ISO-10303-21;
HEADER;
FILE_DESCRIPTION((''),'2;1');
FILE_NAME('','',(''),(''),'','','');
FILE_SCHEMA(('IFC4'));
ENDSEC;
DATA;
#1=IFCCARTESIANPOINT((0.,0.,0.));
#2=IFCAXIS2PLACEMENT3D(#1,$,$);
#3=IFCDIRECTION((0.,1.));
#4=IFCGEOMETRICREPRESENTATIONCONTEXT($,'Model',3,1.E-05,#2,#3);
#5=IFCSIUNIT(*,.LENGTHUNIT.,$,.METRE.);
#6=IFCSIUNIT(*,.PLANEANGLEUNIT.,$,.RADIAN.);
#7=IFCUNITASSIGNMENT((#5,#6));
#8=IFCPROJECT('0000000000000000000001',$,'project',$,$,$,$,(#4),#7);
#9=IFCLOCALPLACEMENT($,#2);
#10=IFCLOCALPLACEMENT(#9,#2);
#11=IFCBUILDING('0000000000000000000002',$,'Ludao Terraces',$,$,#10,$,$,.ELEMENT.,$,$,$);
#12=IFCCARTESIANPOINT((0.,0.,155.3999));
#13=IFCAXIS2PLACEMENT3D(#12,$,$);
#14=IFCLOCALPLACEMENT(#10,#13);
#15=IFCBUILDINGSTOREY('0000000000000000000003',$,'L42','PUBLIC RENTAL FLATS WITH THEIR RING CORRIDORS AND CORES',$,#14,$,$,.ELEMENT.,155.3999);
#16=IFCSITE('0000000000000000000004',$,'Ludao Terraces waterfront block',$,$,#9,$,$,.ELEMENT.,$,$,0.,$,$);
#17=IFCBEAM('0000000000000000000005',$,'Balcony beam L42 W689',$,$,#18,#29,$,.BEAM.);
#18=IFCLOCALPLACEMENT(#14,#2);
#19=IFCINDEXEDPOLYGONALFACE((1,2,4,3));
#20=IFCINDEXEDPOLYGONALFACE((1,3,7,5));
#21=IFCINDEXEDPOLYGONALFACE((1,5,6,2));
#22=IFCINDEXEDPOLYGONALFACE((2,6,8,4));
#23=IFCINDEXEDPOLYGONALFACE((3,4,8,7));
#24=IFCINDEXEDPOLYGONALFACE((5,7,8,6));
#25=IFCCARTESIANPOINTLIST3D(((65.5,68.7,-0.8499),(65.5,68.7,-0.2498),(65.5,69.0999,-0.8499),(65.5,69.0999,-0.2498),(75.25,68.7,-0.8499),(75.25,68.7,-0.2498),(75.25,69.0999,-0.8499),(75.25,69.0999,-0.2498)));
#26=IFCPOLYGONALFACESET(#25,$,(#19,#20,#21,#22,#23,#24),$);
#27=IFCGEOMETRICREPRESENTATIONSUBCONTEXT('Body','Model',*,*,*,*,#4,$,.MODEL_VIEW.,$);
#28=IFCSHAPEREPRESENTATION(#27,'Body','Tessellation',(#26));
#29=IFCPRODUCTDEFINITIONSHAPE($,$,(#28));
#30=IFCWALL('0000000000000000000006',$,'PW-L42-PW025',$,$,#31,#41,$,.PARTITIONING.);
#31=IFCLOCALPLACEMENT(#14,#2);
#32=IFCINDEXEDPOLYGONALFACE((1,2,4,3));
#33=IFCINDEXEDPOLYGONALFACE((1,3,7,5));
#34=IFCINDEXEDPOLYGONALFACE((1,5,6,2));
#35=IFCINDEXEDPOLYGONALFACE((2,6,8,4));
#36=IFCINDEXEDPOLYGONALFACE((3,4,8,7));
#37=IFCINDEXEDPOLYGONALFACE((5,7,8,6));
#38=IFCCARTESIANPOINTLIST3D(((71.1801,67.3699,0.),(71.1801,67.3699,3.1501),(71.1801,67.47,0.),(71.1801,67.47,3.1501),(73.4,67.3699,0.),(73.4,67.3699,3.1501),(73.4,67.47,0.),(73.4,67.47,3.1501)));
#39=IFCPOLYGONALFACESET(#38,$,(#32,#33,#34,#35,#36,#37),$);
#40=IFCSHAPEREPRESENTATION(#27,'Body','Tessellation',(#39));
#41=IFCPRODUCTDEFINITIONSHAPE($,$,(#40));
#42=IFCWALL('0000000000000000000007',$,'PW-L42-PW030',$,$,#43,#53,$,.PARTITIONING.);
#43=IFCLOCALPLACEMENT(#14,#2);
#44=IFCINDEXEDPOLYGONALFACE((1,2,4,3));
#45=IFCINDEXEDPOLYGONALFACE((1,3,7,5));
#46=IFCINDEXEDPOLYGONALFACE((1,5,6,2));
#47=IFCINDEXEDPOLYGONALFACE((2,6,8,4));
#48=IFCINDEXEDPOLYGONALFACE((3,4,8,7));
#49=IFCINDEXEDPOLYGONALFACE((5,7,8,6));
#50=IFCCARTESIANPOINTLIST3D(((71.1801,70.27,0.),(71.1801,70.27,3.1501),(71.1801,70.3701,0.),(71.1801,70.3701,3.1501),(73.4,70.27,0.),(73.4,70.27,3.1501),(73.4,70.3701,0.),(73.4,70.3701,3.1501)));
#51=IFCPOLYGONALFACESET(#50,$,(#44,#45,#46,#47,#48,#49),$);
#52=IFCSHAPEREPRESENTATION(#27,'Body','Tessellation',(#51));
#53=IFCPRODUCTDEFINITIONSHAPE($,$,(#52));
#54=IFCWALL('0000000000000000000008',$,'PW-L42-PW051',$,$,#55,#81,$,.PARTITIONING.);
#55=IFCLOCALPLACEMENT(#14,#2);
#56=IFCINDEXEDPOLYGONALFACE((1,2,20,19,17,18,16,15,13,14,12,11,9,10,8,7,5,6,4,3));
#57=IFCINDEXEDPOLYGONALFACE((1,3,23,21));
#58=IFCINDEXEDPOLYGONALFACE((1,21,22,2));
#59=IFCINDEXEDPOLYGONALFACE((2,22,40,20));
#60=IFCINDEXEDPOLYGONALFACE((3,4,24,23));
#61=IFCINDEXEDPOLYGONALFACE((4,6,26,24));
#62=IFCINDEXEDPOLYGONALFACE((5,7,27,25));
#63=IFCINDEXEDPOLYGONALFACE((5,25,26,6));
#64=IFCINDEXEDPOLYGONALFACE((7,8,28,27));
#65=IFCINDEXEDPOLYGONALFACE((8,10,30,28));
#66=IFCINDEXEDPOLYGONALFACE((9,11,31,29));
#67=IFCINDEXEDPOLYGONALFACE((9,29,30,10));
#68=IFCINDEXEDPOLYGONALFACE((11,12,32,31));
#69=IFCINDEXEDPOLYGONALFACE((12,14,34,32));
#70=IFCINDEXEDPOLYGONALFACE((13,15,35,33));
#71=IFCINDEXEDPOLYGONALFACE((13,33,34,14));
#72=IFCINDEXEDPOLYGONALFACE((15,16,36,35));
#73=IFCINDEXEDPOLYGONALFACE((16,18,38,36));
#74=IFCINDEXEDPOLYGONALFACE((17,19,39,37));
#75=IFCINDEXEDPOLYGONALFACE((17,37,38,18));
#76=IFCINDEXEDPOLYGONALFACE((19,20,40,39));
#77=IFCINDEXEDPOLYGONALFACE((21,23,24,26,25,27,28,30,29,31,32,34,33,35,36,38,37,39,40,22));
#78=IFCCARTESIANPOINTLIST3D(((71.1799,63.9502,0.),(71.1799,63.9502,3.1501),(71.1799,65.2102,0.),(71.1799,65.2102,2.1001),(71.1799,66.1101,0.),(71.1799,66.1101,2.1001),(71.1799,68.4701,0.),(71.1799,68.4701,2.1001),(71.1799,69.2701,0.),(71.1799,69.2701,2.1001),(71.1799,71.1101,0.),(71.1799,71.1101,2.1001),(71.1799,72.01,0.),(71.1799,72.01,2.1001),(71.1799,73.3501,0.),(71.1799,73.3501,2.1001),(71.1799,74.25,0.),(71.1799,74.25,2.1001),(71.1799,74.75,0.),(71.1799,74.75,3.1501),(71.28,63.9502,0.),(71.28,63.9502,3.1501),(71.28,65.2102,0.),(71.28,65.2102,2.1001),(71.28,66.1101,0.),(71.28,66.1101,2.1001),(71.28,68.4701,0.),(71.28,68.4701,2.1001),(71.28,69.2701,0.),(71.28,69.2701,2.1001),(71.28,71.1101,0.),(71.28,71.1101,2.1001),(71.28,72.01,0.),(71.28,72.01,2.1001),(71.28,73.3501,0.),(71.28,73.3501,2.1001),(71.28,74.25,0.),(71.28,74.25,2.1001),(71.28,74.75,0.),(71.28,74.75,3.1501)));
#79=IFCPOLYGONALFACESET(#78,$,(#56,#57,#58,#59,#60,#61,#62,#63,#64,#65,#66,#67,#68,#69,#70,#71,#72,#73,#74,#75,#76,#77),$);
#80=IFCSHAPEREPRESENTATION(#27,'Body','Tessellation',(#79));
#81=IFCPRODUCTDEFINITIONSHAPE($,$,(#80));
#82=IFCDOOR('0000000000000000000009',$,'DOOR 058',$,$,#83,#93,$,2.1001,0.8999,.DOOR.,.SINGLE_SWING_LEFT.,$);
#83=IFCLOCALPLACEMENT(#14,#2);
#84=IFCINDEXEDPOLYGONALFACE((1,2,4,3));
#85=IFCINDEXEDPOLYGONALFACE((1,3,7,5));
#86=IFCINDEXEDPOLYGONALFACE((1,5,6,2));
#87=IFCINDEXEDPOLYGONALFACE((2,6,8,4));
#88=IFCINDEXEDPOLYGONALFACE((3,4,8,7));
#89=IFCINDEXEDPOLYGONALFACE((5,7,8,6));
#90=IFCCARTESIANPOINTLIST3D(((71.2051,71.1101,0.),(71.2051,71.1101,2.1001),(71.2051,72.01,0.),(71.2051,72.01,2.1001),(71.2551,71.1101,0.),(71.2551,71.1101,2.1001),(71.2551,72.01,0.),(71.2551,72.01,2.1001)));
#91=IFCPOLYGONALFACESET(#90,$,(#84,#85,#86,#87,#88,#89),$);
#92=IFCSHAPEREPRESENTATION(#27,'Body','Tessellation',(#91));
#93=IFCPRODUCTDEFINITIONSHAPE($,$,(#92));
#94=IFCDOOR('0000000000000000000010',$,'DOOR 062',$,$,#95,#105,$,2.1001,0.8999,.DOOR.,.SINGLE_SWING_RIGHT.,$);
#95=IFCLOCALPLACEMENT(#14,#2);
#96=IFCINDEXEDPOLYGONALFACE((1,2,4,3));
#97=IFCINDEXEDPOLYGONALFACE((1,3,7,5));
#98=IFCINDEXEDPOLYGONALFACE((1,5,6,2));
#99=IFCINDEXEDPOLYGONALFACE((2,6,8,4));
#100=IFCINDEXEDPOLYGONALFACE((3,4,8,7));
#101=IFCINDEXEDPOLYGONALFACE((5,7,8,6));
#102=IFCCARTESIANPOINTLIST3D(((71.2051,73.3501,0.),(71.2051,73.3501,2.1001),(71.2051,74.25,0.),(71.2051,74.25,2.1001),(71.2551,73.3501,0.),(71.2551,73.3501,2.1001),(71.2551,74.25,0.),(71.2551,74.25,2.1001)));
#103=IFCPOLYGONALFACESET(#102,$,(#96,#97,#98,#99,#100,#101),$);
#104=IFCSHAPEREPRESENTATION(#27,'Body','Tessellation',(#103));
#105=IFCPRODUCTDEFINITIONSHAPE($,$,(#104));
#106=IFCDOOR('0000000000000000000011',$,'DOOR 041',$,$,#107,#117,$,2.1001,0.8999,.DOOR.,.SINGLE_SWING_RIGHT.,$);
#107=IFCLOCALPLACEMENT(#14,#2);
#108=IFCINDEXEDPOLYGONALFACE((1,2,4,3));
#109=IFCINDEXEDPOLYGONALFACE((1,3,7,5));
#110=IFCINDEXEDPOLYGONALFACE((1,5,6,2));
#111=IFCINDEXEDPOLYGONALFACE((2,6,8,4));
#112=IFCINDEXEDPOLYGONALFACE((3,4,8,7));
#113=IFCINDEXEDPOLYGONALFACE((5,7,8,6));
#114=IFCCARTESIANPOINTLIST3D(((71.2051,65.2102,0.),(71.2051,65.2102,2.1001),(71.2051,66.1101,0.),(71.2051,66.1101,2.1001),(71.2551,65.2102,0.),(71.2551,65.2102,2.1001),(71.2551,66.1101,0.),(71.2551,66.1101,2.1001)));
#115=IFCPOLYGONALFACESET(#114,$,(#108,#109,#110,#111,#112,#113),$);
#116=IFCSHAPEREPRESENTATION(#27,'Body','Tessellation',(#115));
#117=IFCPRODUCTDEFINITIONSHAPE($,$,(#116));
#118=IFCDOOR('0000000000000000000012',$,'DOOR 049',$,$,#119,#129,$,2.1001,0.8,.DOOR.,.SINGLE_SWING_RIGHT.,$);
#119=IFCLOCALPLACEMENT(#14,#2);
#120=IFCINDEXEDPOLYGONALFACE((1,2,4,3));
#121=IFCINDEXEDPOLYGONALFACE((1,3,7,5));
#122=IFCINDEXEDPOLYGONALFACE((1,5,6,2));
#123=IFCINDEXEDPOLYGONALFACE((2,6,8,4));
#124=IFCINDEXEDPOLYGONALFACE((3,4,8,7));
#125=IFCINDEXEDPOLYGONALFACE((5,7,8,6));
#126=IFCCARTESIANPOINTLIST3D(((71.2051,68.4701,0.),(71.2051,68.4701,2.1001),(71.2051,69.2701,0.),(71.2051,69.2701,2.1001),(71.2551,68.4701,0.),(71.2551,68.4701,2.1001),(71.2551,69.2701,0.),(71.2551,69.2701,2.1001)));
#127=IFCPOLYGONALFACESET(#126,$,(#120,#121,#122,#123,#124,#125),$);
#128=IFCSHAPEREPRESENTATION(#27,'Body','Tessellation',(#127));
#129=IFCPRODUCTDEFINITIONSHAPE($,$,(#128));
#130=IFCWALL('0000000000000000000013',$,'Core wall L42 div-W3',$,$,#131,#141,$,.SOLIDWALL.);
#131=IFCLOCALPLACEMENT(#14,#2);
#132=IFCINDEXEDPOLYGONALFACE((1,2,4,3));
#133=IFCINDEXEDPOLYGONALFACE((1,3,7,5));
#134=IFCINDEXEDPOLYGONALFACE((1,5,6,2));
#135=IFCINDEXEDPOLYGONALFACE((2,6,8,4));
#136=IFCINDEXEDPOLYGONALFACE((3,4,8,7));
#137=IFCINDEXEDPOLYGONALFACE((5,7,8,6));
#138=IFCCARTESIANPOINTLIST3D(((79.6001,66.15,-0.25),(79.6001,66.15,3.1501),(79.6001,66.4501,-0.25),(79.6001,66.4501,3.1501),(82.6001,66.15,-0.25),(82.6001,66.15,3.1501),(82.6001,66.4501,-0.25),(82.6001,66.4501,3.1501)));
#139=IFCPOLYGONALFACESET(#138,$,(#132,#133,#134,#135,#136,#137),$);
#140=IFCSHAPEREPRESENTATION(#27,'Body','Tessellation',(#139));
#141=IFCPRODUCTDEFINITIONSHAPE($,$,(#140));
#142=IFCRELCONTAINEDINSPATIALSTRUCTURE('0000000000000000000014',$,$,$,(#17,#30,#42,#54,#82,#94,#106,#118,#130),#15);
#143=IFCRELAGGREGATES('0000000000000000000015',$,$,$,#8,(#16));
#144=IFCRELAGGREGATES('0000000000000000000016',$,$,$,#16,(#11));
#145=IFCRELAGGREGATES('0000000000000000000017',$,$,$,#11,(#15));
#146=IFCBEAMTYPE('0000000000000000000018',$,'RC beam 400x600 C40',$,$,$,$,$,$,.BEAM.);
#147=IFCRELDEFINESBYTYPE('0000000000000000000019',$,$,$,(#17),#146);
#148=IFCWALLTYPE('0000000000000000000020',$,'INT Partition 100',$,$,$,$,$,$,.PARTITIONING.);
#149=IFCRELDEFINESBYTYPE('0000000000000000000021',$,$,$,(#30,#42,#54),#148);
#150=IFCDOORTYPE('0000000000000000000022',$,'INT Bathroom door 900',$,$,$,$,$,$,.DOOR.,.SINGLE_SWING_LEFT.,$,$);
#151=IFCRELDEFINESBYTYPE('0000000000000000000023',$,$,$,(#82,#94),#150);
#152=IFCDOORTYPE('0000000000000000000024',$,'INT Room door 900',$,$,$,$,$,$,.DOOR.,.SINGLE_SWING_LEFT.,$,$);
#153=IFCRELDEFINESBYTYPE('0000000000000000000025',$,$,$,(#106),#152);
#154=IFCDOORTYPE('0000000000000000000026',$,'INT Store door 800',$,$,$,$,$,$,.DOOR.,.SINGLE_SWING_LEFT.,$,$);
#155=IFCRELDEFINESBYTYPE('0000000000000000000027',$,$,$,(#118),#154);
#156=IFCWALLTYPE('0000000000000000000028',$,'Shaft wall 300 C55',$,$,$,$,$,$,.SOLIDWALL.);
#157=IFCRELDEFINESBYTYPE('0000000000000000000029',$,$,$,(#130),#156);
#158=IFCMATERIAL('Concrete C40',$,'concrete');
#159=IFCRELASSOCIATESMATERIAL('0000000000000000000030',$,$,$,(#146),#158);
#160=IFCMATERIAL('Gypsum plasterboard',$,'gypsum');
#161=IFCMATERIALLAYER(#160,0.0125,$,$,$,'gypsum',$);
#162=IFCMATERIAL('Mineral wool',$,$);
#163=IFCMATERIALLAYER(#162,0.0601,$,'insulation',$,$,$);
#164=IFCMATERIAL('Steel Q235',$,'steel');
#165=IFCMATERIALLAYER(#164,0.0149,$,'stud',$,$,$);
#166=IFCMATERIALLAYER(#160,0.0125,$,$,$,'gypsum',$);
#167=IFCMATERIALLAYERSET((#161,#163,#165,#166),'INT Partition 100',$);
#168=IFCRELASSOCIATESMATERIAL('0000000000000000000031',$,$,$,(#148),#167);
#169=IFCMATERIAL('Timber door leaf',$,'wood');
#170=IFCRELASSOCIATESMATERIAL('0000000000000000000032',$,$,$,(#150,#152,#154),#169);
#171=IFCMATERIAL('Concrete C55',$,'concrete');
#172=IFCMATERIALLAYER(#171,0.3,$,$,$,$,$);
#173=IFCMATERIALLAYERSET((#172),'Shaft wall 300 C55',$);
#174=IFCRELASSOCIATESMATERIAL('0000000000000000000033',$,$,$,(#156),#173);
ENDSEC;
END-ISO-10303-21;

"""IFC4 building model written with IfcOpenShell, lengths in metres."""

from ifc_helpers import new_model, si_unit, direction, frame, frame_2d, origin, origin_2d, place, context, subcontext, project, spatial, rectangle, extrude, material, layer, layer_set, material_profile, profile_set, type_object, element, fill, save


model = new_model("IFC4")

# Units and contexts
model_context = context("Model", 3, precision=1e-05, world=origin(), true_north=direction((0.0, 1.0)))
body_context = subcontext(model_context, "Body", "Model", "MODEL_VIEW")
ifc_project = project(units=[si_unit("LENGTHUNIT", "METRE"), si_unit("PLANEANGLEUNIT", "RADIAN")], contexts=[model_context])

# Site, building, storey
site_placement = place(None, origin())
site = spatial("IfcSite", under=ifc_project, at=site_placement, Name="Ludao Terraces waterfront block", CompositionType="ELEMENT", RefElevation=0.0)
building_placement = place(site_placement, origin())
building = spatial("IfcBuilding", under=site, at=building_placement, Name="Ludao Terraces", CompositionType="ELEMENT")
storey_placement = place(building_placement, frame((0.0, 0.0, 155.3999)))
storey = spatial("IfcBuildingStorey", under=building, at=storey_placement, Name="L42", Description="PUBLIC RENTAL FLATS WITH THEIR RING CORRIDORS AND CORES", CompositionType="ELEMENT", Elevation=155.3999)

# Beam
ifc_material_1 = material(Name="Concrete C40", Category="concrete")
ifc_material_profile = material_profile(ifc_material_1, rectangle(XDim=0.3999, YDim=0.6001, at=origin_2d()), Name="400 X 600")
ifc_profile_set = profile_set([ifc_material_profile], Name="Concrete C40")
beam_type = type_object("IfcBeamType", Name="RC beam 400x600 C40", PredefinedType="BEAM", material=ifc_profile_set)
beam_placement = place(storey_placement, frame((75.25, 68.8999, -0.5498), z_axis=(-1.0, 0.0, 0.0), x_axis=(0.0, -1.0, 0.0)))
element("IfcBeam", 1, at=beam_placement, inside=storey, type_object=beam_type, Name="Balcony beam L42 W689", PredefinedType="BEAM", context=body_context, shape_type="SweptSolid", body=[
    extrude(rectangle(XDim=0.3999, YDim=0.6001, at=origin_2d()), origin(), (0.0, 0.0, 1.0), 9.75),
])

# Walls
ifc_material_2 = material(Name="Gypsum plasterboard", Category="gypsum")
ifc_layer_1 = layer(ifc_material_2, 0.0125, Category="gypsum")
ifc_material_3 = material(Name="Mineral wool")
ifc_layer_2 = layer(ifc_material_3, 0.0601, Name="insulation")
ifc_material_4 = material(Name="Steel Q235", Category="steel")
ifc_layer_3 = layer(ifc_material_4, 0.0149, Name="stud")
ifc_layer_4 = layer(ifc_material_2, 0.0125, Category="gypsum")
ifc_layer_set_1 = layer_set([ifc_layer_1, ifc_layer_2, ifc_layer_3, ifc_layer_4], Name="INT Partition 100")
wall_type_1 = type_object("IfcWallType", Name="INT Partition 100", PredefinedType="PARTITIONING", material=ifc_layer_set_1)
for number, where, z_axis, x_axis, name in (
    (2, (71.1802, 67.4199, 0.0), (0.0, 0.0, 1.0), (1.0, 0.0, 0.0), "PW-L42-PW025"),
    (3, (71.1802, 70.3201, 0.0), (0.0, 0.0, 1.0), (1.0, 0.0, 0.0), "PW-L42-PW030"),
):
    element("IfcWall", number, at=place(storey_placement, frame(where, z_axis=z_axis, x_axis=x_axis)), inside=storey, type_object=wall_type_1, Name=name, PredefinedType="PARTITIONING", context=body_context, shape_type="SweptSolid", body=[
        extrude(rectangle(XDim=2.22, YDim=0.1001, at=frame_2d((1.1099, 0.0))), origin(), (0.0, 0.0, 1.0), 3.1501),
    ])

# Wall, openings, doors
wall_1_placement = place(storey_placement, frame((71.23, 63.9502, 0.0), z_axis=(0.0, 0.0, 1.0), x_axis=(0.0, 1.0, 0.0)))
wall_1 = element("IfcWall", 4, at=wall_1_placement, inside=storey, type_object=wall_type_1, Name="PW-L42-PW051", PredefinedType="PARTITIONING", context=body_context, shape_type="SweptSolid", body=[
    extrude(rectangle(XDim=10.7998, YDim=0.1001, at=frame_2d((5.3999, 0.0))), origin(), (0.0, 0.0, 1.0), 3.1501),
])
opening_1_placement = place(wall_1_placement, frame((1.26, 0.0, 0.0)))
opening_1 = element("IfcOpeningElement", 5, at=opening_1_placement, cuts=wall_1, PredefinedType="OPENING", context=body_context, shape_type="SweptSolid", body=[
    extrude(rectangle(XDim=0.8999, YDim=2.1001, at=frame_2d((0.45, 1.05))), frame((0.0, 0.0601, 0.0), z_axis=(0.0, -1.0, 0.0), x_axis=(1.0, 0.0, 0.0)), (0.0, 0.0, 1.0), 0.1201),
])
opening_2_placement = place(wall_1_placement, frame((4.52, 0.0, 0.0)))
opening_2 = element("IfcOpeningElement", 6, at=opening_2_placement, cuts=wall_1, PredefinedType="OPENING", context=body_context, shape_type="SweptSolid", body=[
    extrude(rectangle(XDim=0.8, YDim=2.1001, at=frame_2d((0.3999, 1.05))), frame((0.0, 0.0601, 0.0), z_axis=(0.0, -1.0, 0.0), x_axis=(1.0, 0.0, 0.0)), (0.0, 0.0, 1.0), 0.1201),
])
opening_3_placement = place(wall_1_placement, frame((7.1599, 0.0, 0.0)))
opening_3 = element("IfcOpeningElement", 7, at=opening_3_placement, cuts=wall_1, PredefinedType="OPENING", context=body_context, shape_type="SweptSolid", body=[
    extrude(rectangle(XDim=0.8999, YDim=2.1001, at=frame_2d((0.45, 1.05))), frame((0.0, 0.0601, 0.0), z_axis=(0.0, -1.0, 0.0), x_axis=(1.0, 0.0, 0.0)), (0.0, 0.0, 1.0), 0.1201),
])
opening_4_placement = place(wall_1_placement, frame((9.3999, 0.0, 0.0)))
opening_4 = element("IfcOpeningElement", 8, at=opening_4_placement, cuts=wall_1, PredefinedType="OPENING", context=body_context, shape_type="SweptSolid", body=[
    extrude(rectangle(XDim=0.8999, YDim=2.1001, at=frame_2d((0.45, 1.05))), frame((0.0, 0.0601, 0.0), z_axis=(0.0, -1.0, 0.0), x_axis=(1.0, 0.0, 0.0)), (0.0, 0.0, 1.0), 0.1201),
])
ifc_material_5 = material(Name="Timber door leaf", Category="wood")
door_type_1 = type_object("IfcDoorType", Name="INT Bathroom door 900", OperationType="SINGLE_SWING_LEFT", PredefinedType="DOOR", material=ifc_material_5)
door_1_placement = place(opening_3_placement, origin())
door_1 = element("IfcDoor", 9, at=door_1_placement, inside=storey, type_object=door_type_1, Name="DOOR 058", OperationType="SINGLE_SWING_LEFT", OverallHeight=2.1001, OverallWidth=0.8999, PredefinedType="DOOR", context=body_context, shape_type="SweptSolid", body=[
    extrude(rectangle(XDim=0.8999, YDim=2.1001, at=frame_2d((0.45, 1.05))), frame((0.0, 0.0249, 0.0), z_axis=(0.0, -1.0, 0.0), x_axis=(1.0, 0.0, 0.0)), (0.0, 0.0, 1.0), 0.05),
])
fill(opening_3, door_1)
door_2_placement = place(opening_4_placement, origin())
door_2 = element("IfcDoor", 10, at=door_2_placement, inside=storey, type_object=door_type_1, Name="DOOR 062", OperationType="SINGLE_SWING_RIGHT", OverallHeight=2.1001, OverallWidth=0.8999, PredefinedType="DOOR", context=body_context, shape_type="SweptSolid", body=[
    extrude(rectangle(XDim=0.8999, YDim=2.1001, at=frame_2d((0.45, 1.05))), frame((0.0, 0.0249, 0.0), z_axis=(0.0, -1.0, 0.0), x_axis=(1.0, 0.0, 0.0)), (0.0, 0.0, 1.0), 0.05),
])
fill(opening_4, door_2)
door_type_2 = type_object("IfcDoorType", Name="INT Room door 900", OperationType="SINGLE_SWING_LEFT", PredefinedType="DOOR", material=ifc_material_5)
door_3_placement = place(opening_1_placement, origin())
door_3 = element("IfcDoor", 11, at=door_3_placement, inside=storey, type_object=door_type_2, Name="DOOR 041", OperationType="SINGLE_SWING_RIGHT", OverallHeight=2.1001, OverallWidth=0.8999, PredefinedType="DOOR", context=body_context, shape_type="SweptSolid", body=[
    extrude(rectangle(XDim=0.8999, YDim=2.1001, at=frame_2d((0.45, 1.05))), frame((0.0, 0.0249, 0.0), z_axis=(0.0, -1.0, 0.0), x_axis=(1.0, 0.0, 0.0)), (0.0, 0.0, 1.0), 0.05),
])
fill(opening_1, door_3)
door_type_3 = type_object("IfcDoorType", Name="INT Store door 800", OperationType="SINGLE_SWING_LEFT", PredefinedType="DOOR", material=ifc_material_5)
door_4_placement = place(opening_2_placement, origin())
door_4 = element("IfcDoor", 12, at=door_4_placement, inside=storey, type_object=door_type_3, Name="DOOR 049", OperationType="SINGLE_SWING_RIGHT", OverallHeight=2.1001, OverallWidth=0.8, PredefinedType="DOOR", context=body_context, shape_type="SweptSolid", body=[
    extrude(rectangle(XDim=0.8, YDim=2.1001, at=frame_2d((0.3999, 1.05))), frame((0.0, 0.0249, 0.0), z_axis=(0.0, -1.0, 0.0), x_axis=(1.0, 0.0, 0.0)), (0.0, 0.0, 1.0), 0.05),
])
fill(opening_2, door_4)

# Wall
ifc_material_6 = material(Name="Concrete C55", Category="concrete")
ifc_layer_5 = layer(ifc_material_6, 0.3)
ifc_layer_set_2 = layer_set([ifc_layer_5], Name="Shaft wall 300 C55")
wall_type_2 = type_object("IfcWallType", Name="Shaft wall 300 C55", PredefinedType="SOLIDWALL", material=ifc_layer_set_2)
wall_2_placement = place(storey_placement, frame((79.6001, 66.3, -0.25), z_axis=(0.0, 0.0, 1.0), x_axis=(1.0, 0.0, 0.0)))
element("IfcWall", 13, at=wall_2_placement, inside=storey, type_object=wall_type_2, Name="Core wall L42 div-W3", PredefinedType="SOLIDWALL", context=body_context, shape_type="SweptSolid", body=[
    extrude(rectangle(XDim=3.0, YDim=0.3, at=frame_2d((1.5, 0.0))), origin(), (0.0, 0.0, 1.0), 3.4001),
])

save(model, "model.ifc")
